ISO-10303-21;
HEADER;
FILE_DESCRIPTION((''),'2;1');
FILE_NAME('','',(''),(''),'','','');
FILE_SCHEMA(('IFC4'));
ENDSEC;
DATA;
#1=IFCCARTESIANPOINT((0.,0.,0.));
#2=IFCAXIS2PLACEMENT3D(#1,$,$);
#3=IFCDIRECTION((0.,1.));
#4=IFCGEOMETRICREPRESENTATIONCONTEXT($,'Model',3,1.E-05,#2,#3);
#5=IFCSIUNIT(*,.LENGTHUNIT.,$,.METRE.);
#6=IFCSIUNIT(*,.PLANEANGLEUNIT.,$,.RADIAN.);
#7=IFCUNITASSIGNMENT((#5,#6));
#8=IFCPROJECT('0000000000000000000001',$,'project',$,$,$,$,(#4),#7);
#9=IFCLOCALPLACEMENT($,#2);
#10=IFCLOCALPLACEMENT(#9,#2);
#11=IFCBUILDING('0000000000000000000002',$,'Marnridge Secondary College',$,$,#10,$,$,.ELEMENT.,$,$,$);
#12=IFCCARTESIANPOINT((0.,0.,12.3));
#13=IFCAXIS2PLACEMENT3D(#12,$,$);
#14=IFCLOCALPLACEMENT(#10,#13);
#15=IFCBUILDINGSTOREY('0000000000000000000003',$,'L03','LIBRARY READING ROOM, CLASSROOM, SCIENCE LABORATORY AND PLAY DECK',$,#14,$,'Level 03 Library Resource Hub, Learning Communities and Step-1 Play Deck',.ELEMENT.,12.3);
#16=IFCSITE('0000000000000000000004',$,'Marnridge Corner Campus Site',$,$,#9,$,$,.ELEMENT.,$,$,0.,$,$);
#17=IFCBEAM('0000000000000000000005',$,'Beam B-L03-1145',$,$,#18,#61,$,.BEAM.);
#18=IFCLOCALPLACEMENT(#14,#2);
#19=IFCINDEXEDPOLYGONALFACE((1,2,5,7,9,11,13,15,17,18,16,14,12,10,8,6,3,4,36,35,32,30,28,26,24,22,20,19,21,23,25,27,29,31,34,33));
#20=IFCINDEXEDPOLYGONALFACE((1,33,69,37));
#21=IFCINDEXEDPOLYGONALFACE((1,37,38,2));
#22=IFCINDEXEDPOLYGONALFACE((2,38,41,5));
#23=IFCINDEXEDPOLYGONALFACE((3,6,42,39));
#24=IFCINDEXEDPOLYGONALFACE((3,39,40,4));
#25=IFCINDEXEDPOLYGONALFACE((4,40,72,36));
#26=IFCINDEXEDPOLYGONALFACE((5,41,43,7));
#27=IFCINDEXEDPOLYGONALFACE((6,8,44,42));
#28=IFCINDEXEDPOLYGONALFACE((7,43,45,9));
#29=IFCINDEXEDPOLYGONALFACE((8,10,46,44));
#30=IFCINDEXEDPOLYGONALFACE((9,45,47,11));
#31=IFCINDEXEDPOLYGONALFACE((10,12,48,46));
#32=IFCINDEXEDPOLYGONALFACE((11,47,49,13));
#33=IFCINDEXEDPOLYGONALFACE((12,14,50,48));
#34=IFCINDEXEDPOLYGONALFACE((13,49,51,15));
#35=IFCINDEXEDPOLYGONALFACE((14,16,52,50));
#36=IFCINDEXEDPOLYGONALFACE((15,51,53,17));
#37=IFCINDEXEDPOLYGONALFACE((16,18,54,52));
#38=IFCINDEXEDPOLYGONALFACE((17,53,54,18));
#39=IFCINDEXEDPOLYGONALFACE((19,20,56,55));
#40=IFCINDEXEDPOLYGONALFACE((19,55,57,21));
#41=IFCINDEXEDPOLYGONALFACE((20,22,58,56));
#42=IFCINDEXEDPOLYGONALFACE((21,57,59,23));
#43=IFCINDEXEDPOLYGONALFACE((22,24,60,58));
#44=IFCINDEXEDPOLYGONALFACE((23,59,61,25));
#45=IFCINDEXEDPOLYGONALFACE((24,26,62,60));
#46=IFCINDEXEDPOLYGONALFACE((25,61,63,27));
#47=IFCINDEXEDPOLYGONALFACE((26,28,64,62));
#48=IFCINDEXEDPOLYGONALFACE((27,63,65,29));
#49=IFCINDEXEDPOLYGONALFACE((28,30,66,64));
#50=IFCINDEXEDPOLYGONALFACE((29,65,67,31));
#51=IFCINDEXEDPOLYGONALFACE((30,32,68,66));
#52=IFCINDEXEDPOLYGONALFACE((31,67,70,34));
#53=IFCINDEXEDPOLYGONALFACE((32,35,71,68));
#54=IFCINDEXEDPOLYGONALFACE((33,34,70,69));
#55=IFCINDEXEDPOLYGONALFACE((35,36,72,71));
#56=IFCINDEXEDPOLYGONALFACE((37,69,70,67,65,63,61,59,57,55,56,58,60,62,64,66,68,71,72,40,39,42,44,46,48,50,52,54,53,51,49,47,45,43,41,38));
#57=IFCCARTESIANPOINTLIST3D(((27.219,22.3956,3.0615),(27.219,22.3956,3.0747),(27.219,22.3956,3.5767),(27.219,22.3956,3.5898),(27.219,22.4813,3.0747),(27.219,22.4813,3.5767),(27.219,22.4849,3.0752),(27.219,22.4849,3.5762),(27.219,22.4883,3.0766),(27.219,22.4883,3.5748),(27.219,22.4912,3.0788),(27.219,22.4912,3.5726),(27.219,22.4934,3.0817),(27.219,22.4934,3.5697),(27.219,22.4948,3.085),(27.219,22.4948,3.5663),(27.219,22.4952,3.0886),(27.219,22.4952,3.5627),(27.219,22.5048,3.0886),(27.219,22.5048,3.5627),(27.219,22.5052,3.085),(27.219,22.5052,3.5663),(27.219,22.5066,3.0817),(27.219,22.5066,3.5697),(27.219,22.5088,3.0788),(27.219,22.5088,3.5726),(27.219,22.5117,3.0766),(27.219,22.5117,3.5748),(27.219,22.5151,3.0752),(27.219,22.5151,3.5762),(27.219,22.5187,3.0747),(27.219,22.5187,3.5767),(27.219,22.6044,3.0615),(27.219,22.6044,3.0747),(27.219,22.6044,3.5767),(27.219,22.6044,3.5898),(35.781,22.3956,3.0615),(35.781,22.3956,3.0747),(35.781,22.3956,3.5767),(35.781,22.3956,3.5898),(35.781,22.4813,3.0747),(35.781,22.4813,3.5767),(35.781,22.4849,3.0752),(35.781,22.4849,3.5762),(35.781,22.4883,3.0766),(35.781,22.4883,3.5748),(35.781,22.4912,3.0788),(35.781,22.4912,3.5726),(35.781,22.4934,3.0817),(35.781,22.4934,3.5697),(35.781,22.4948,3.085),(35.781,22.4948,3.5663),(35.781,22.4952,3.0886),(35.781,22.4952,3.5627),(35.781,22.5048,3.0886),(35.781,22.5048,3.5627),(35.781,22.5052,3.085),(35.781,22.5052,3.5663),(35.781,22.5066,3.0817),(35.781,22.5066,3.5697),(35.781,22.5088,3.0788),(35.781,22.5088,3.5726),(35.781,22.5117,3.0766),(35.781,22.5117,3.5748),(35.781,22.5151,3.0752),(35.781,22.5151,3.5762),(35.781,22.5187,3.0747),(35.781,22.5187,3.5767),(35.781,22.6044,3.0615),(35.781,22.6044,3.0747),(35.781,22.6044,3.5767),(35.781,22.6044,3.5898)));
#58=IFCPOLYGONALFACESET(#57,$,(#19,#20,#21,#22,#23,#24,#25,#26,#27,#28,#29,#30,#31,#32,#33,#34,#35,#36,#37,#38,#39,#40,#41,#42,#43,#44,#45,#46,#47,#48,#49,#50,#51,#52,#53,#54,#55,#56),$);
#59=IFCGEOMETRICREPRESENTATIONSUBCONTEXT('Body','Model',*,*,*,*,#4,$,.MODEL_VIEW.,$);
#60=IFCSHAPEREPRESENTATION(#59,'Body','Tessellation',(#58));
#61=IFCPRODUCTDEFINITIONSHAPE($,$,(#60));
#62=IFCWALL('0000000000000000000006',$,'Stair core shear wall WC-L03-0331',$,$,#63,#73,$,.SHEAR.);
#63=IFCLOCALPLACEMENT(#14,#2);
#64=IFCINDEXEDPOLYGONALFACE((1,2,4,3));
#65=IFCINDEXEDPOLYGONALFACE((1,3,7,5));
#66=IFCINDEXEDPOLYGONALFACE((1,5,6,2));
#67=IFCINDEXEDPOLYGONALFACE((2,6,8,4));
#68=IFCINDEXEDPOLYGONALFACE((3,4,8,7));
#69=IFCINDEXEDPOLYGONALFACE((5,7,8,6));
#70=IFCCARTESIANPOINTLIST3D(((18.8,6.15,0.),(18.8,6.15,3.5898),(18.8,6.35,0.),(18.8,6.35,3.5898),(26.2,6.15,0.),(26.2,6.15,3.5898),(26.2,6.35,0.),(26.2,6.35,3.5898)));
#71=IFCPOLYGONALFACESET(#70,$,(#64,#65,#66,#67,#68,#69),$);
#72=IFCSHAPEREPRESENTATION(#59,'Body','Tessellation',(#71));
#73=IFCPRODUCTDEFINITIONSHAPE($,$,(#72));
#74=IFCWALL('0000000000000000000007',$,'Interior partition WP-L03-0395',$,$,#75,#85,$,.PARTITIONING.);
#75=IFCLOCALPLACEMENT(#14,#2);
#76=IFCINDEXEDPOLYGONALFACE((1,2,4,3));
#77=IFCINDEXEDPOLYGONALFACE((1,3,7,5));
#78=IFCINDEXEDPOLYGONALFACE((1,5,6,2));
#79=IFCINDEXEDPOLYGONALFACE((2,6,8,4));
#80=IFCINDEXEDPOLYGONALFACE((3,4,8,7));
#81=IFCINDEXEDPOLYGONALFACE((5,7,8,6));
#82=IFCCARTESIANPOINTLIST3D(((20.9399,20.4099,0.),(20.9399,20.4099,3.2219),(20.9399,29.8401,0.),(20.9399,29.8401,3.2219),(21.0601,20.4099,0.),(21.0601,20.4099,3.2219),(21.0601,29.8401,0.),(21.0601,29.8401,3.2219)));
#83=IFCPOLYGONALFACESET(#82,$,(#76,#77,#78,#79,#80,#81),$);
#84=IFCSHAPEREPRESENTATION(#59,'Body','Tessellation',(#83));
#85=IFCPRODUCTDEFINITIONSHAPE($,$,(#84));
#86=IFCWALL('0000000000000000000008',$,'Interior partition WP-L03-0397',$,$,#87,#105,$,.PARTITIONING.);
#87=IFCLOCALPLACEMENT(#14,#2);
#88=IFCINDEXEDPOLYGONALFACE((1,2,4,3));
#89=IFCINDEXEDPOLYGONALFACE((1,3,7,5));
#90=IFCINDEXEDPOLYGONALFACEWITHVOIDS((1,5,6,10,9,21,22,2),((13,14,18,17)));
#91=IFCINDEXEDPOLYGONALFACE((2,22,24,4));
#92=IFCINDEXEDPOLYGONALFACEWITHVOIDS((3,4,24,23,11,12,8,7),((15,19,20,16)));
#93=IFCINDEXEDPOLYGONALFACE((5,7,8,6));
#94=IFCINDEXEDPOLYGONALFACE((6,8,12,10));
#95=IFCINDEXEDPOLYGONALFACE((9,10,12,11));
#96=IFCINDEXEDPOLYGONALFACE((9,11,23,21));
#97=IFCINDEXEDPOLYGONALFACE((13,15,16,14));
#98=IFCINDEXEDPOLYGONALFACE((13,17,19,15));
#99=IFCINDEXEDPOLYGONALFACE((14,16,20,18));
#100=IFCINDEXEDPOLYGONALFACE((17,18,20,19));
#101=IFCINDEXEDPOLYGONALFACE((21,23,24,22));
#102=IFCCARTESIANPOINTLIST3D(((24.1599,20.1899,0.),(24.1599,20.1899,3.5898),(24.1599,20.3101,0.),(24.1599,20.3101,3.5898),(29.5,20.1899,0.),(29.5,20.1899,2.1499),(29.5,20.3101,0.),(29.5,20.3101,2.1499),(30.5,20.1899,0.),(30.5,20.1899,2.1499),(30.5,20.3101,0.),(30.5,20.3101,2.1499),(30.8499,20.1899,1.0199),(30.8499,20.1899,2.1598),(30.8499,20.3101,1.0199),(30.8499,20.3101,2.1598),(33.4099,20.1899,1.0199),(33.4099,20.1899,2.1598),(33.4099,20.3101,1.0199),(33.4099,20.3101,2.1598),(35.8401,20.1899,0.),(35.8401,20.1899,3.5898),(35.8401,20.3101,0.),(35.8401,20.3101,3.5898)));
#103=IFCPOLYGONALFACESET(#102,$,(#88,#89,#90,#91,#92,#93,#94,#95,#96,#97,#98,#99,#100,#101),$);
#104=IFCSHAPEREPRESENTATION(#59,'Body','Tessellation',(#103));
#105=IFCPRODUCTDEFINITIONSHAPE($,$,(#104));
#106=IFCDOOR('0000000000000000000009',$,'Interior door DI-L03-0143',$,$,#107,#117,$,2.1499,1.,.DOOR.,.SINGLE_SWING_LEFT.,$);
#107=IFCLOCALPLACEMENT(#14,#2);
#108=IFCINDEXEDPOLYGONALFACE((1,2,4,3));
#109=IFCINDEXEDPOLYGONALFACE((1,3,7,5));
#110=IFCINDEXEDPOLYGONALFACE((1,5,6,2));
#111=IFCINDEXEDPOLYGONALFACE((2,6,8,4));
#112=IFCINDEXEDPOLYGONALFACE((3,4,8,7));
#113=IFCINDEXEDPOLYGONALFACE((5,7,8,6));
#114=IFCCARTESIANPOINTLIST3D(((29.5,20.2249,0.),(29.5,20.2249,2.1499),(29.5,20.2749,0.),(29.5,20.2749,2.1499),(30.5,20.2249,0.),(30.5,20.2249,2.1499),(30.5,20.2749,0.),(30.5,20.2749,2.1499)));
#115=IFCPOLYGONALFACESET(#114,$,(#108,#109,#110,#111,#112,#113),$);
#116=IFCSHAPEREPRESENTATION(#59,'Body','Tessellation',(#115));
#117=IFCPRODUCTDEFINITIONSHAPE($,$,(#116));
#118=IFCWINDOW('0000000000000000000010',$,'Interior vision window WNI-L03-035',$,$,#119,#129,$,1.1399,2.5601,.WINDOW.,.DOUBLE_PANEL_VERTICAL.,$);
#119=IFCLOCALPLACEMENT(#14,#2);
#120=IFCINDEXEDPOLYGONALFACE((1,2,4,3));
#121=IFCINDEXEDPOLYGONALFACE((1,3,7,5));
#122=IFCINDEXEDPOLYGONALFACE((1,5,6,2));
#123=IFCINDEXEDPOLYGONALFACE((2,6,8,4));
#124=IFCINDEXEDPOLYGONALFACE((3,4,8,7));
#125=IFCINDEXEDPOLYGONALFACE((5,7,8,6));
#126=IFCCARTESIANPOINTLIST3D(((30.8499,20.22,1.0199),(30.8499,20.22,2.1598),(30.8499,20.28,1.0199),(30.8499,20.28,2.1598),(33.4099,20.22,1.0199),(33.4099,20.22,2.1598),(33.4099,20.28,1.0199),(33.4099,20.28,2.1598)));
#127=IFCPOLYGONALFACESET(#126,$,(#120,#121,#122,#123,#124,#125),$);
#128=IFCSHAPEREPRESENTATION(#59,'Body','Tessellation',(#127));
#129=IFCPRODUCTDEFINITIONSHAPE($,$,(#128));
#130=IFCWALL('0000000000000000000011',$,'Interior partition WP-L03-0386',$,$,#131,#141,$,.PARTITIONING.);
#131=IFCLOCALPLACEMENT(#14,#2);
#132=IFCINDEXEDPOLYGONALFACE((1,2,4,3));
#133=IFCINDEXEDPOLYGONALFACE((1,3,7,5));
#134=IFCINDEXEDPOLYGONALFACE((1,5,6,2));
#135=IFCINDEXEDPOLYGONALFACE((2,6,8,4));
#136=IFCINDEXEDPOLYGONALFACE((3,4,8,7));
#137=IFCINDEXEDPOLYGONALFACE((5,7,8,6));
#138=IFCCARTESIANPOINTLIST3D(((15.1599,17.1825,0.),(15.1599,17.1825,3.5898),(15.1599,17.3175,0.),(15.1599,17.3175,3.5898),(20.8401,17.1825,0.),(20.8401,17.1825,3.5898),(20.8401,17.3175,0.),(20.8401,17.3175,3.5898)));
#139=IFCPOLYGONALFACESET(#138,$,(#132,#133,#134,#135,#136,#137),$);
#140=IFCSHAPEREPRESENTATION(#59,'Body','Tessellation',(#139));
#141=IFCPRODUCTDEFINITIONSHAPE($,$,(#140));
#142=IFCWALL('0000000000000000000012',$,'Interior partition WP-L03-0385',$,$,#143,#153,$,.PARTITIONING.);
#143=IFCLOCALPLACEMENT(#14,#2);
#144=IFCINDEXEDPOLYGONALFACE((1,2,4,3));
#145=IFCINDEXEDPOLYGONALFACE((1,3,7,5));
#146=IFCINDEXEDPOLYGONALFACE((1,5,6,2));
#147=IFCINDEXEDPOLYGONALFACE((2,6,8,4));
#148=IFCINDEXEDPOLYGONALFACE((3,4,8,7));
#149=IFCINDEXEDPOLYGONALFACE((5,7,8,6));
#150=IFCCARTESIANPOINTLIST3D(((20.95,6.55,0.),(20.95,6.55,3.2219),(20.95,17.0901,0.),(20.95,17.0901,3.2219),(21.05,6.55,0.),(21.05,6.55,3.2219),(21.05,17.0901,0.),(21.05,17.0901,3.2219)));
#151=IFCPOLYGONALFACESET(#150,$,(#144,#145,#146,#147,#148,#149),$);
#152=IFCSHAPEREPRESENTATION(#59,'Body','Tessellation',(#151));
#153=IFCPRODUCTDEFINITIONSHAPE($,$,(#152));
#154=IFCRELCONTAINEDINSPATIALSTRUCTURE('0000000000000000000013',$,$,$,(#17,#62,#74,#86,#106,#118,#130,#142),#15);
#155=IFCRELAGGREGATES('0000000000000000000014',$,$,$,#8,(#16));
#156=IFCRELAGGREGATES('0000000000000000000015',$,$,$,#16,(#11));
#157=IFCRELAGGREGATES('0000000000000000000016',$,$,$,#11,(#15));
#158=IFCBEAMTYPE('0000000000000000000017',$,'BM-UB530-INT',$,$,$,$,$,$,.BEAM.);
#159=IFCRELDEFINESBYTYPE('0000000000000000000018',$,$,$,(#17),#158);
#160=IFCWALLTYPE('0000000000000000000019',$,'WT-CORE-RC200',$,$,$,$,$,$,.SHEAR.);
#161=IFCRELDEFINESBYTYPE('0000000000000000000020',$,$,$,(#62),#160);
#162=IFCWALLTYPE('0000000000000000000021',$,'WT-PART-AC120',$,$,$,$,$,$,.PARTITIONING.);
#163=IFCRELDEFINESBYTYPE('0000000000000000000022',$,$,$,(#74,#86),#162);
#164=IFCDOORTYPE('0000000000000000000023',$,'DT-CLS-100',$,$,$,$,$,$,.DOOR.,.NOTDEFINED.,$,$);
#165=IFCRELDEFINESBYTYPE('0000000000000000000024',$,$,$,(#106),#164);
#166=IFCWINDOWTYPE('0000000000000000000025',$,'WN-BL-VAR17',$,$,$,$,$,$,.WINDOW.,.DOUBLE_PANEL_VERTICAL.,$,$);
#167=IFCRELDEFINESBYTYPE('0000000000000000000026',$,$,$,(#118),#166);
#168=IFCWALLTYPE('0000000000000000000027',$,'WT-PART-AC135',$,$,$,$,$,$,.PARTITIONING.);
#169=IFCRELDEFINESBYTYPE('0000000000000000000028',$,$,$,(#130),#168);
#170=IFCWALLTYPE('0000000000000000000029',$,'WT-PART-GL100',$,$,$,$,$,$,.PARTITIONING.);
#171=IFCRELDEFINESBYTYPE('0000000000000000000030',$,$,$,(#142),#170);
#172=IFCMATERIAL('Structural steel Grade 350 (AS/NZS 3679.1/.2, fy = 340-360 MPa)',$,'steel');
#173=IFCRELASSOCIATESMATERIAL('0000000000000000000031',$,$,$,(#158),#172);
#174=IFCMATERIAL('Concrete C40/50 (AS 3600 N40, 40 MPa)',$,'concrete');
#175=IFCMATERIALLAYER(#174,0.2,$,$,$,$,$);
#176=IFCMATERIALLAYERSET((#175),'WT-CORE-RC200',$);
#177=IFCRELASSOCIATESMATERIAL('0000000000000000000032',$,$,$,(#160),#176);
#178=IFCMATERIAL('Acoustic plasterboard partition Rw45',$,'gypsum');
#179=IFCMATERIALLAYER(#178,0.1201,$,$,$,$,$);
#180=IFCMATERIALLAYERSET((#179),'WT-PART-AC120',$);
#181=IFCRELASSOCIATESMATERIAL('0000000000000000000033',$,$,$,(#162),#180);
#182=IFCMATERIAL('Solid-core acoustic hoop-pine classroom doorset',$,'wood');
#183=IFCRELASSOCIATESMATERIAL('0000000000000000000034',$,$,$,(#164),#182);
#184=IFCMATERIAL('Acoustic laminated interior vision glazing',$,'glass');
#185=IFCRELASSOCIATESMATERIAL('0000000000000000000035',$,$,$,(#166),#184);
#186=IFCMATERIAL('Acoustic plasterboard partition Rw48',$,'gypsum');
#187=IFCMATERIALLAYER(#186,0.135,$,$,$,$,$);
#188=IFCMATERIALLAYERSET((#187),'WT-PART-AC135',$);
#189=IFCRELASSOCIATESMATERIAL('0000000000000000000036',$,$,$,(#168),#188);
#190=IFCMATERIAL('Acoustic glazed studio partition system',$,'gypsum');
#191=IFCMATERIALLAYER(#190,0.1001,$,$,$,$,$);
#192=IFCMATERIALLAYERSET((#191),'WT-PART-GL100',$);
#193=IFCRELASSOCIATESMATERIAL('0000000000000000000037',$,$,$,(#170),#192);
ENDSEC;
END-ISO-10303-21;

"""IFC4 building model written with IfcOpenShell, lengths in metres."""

from ifc_helpers import new_model, si_unit, direction, frame, frame_2d, origin, origin_2d, place, context, subcontext, project, spatial, rectangle, i_section, extrude, material, layer, layer_set, material_profile, profile_set, type_object, element, fill, save


model = new_model("IFC4")

# Units and contexts
model_context = context("Model", 3, precision=1e-05, world=origin(), true_north=direction((0.0, 1.0)))
body_context = subcontext(model_context, "Body", "Model", "MODEL_VIEW")
ifc_project = project(units=[si_unit("LENGTHUNIT", "METRE"), si_unit("PLANEANGLEUNIT", "RADIAN")], contexts=[model_context])

# Site, building, storey
site_placement = place(None, origin())
site = spatial("IfcSite", under=ifc_project, at=site_placement, Name="Marnridge Corner Campus Site", CompositionType="ELEMENT", RefElevation=0.0)
building_placement = place(site_placement, origin())
building = spatial("IfcBuilding", under=site, at=building_placement, Name="Marnridge Secondary College", CompositionType="ELEMENT")
storey_placement = place(building_placement, frame((0.0, 0.0, 12.3)))
storey = spatial("IfcBuildingStorey", under=building, at=storey_placement, Name="L03", Description="LIBRARY READING ROOM, CLASSROOM, SCIENCE LABORATORY AND PLAY DECK", LongName="Level 03 Library Resource Hub, Learning Communities and Step-1 Play Deck", CompositionType="ELEMENT", Elevation=12.3)

# Beam
ifc_material_1 = material(Name="Structural steel Grade 350 (AS/NZS 3679.1/.2, fy = 340-360 MPa)", Category="steel")
ifc_material_profile_1 = material_profile(ifc_material_1, i_section(OverallWidth=0.2087, OverallDepth=0.5283, WebThickness=0.0095, FlangeThickness=0.0132, FilletRadius=0.0139, at=origin_2d()), Name="530UB82.0")
ifc_profile_set_1 = profile_set([ifc_material_profile_1], Name="Structural steel Grade 350 (AS/NZS 3679.1/.2, fy = 340-360 MPa)")
beam_type_1 = type_object("IfcBeamType", Name="BM-UB530-INT", PredefinedType="BEAM", material=ifc_profile_set_1)
for number, where, z_axis, x_axis, name in (
    (1, (27.219, 22.5, 3.3257), (1.0, 0.0, 0.0), (0.0, 1.0, 0.0), "Beam B-L03-1145"),
):
    element("IfcBeam", number, at=place(storey_placement, frame(where, z_axis=z_axis, x_axis=x_axis)), inside=storey, type_object=beam_type_1, Name=name, PredefinedType="BEAM", context=body_context, shape_type="SweptSolid", body=[
        extrude(i_section(OverallWidth=0.2087, OverallDepth=0.5283, WebThickness=0.0095, FlangeThickness=0.0132, FilletRadius=0.0139, at=origin_2d()), origin(), (0.0, 0.0, 1.0), 8.562),
    ])

# Wall
ifc_material_2 = material(Name="Concrete C40/50 (AS 3600 N40, 40 MPa)", Category="concrete")
ifc_layer_1 = layer(ifc_material_2, 0.2)
ifc_layer_set_1 = layer_set([ifc_layer_1], Name="WT-CORE-RC200")
wall_type_1 = type_object("IfcWallType", Name="WT-CORE-RC200", PredefinedType="SHEAR", material=ifc_layer_set_1)
wall_1_placement = place(storey_placement, frame((26.2, 6.25, 0.0), z_axis=(0.0, 0.0, 1.0), x_axis=(-1.0, 0.0, 0.0)))
element("IfcWall", 2, at=wall_1_placement, inside=storey, type_object=wall_type_1, Name="Stair core shear wall WC-L03-0331", PredefinedType="SHEAR", context=body_context, shape_type="SweptSolid", body=[
    extrude(rectangle(XDim=7.3999, YDim=0.2, at=frame_2d((3.7, 0.0))), origin(), (0.0, 0.0, 1.0), 3.5898),
])

# Wall
ifc_material_3 = material(Name="Acoustic plasterboard partition Rw45", Category="gypsum")
ifc_layer_2 = layer(ifc_material_3, 0.1201)
ifc_layer_set_2 = layer_set([ifc_layer_2], Name="WT-PART-AC120")
wall_type_2 = type_object("IfcWallType", Name="WT-PART-AC120", PredefinedType="PARTITIONING", material=ifc_layer_set_2)
wall_2_placement = place(storey_placement, frame((21.0, 20.4099, 0.0), z_axis=(0.0, 0.0, 1.0), x_axis=(0.0, 1.0, 0.0)))
element("IfcWall", 3, at=wall_2_placement, inside=storey, type_object=wall_type_2, Name="Interior partition WP-L03-0395", PredefinedType="PARTITIONING", context=body_context, shape_type="SweptSolid", body=[
    extrude(rectangle(XDim=9.4302, YDim=0.1201, at=frame_2d((4.7151, 0.0))), origin(), (0.0, 0.0, 1.0), 3.2219),
])

# Wall, openings, door, window
wall_3_placement = place(storey_placement, frame((24.1599, 20.25, 0.0), z_axis=(0.0, 0.0, 1.0), x_axis=(1.0, 0.0, 0.0)))
wall_3 = element("IfcWall", 4, at=wall_3_placement, inside=storey, type_object=wall_type_2, Name="Interior partition WP-L03-0397", PredefinedType="PARTITIONING", context=body_context, shape_type="SweptSolid", body=[
    extrude(rectangle(XDim=11.6802, YDim=0.1201, at=frame_2d((5.8401, 0.0))), origin(), (0.0, 0.0, 1.0), 3.5898),
])
opening_1_placement = place(wall_3_placement, frame((5.3401, 0.0, 0.0)))
opening_1 = element("IfcOpeningElement", 5, at=opening_1_placement, cuts=wall_3, PredefinedType="OPENING", context=body_context, shape_type="SweptSolid", body=[
    extrude(rectangle(XDim=1.0, YDim=2.1499, at=frame_2d((0.5, 1.075))), frame((0.0, 0.0701, 0.0), z_axis=(0.0, -1.0, 0.0), x_axis=(1.0, 0.0, 0.0)), (0.0, 0.0, 1.0), 0.1401),
])
opening_2_placement = place(wall_3_placement, frame((6.6899, 0.0, 1.02)))
opening_2 = element("IfcOpeningElement", 6, at=opening_2_placement, cuts=wall_3, PredefinedType="OPENING", context=body_context, shape_type="SweptSolid", body=[
    extrude(rectangle(XDim=2.5601, YDim=1.1399, at=frame_2d((1.28, 0.5698))), frame((0.0, 0.0701, 0.0), z_axis=(0.0, -1.0, 0.0), x_axis=(1.0, 0.0, 0.0)), (0.0, 0.0, 1.0), 0.1401),
])
ifc_material_4 = material(Name="Solid-core acoustic hoop-pine classroom doorset", Category="wood")
door_type_1 = type_object("IfcDoorType", Name="DT-CLS-100", OperationType="NOTDEFINED", PredefinedType="DOOR", material=ifc_material_4)
door_1_placement = place(opening_1_placement, origin())
door_1 = element("IfcDoor", 7, at=door_1_placement, inside=storey, type_object=door_type_1, Name="Interior door DI-L03-0143", OperationType="SINGLE_SWING_LEFT", OverallHeight=2.1499, OverallWidth=1.0, PredefinedType="DOOR", context=body_context, shape_type="SweptSolid", body=[
    extrude(rectangle(XDim=1.0, YDim=2.1499, at=frame_2d((0.5, 1.075))), frame((0.0, 0.0249, 0.0), z_axis=(0.0, -1.0, 0.0), x_axis=(1.0, 0.0, 0.0)), (0.0, 0.0, 1.0), 0.05),
])
fill(opening_1, door_1)
ifc_material_5 = material(Name="Acoustic laminated interior vision glazing", Category="glass")
window_type = type_object("IfcWindowType", Name="WN-BL-VAR17", PartitioningType="DOUBLE_PANEL_VERTICAL", PredefinedType="WINDOW", material=ifc_material_5)
window_placement = place(opening_2_placement, origin())
window = element("IfcWindow", 8, at=window_placement, inside=storey, type_object=window_type, Name="Interior vision window WNI-L03-035", OverallHeight=1.1399, OverallWidth=2.5601, PartitioningType="DOUBLE_PANEL_VERTICAL", PredefinedType="WINDOW", context=body_context, shape_type="SweptSolid", body=[
    extrude(rectangle(XDim=2.5601, YDim=1.1399, at=frame_2d((1.28, 0.5698))), frame((0.0, 0.03, 0.0), z_axis=(0.0, -1.0, 0.0), x_axis=(1.0, 0.0, 0.0)), (0.0, 0.0, 1.0), 0.0601),
])
fill(opening_2, window)

# Walls
ifc_material_6 = material(Name="Acoustic plasterboard partition Rw48", Category="gypsum")
ifc_layer_3 = layer(ifc_material_6, 0.135)
ifc_layer_set_3 = layer_set([ifc_layer_3], Name="WT-PART-AC135")
wall_type_3 = type_object("IfcWallType", Name="WT-PART-AC135", PredefinedType="PARTITIONING", material=ifc_layer_set_3)
wall_4_placement = place(storey_placement, frame((20.8401, 17.25, 0.0), z_axis=(0.0, 0.0, 1.0), x_axis=(-1.0, 0.0, 0.0)))
element("IfcWall", 9, at=wall_4_placement, inside=storey, type_object=wall_type_3, Name="Interior partition WP-L03-0386", PredefinedType="PARTITIONING", context=body_context, shape_type="SweptSolid", body=[
    extrude(rectangle(XDim=5.6802, YDim=0.135, at=frame_2d((2.8401, 0.0))), origin(), (0.0, 0.0, 1.0), 3.5898),
])
ifc_material_7 = material(Name="Acoustic glazed studio partition system", Category="gypsum")
ifc_layer_4 = layer(ifc_material_7, 0.1001)
ifc_layer_set_4 = layer_set([ifc_layer_4], Name="WT-PART-GL100")
wall_type_4 = type_object("IfcWallType", Name="WT-PART-GL100", PredefinedType="PARTITIONING", material=ifc_layer_set_4)
wall_5_placement = place(storey_placement, frame((21.0, 6.55, 0.0), z_axis=(0.0, 0.0, 1.0), x_axis=(0.0, 1.0, 0.0)))
element("IfcWall", 10, at=wall_5_placement, inside=storey, type_object=wall_type_4, Name="Interior partition WP-L03-0385", PredefinedType="PARTITIONING", context=body_context, shape_type="SweptSolid", body=[
    extrude(rectangle(XDim=10.54, YDim=0.1001, at=frame_2d((5.27, 0.0))), origin(), (0.0, 0.0, 1.0), 3.2219),
])

save(model, "model.ifc")
